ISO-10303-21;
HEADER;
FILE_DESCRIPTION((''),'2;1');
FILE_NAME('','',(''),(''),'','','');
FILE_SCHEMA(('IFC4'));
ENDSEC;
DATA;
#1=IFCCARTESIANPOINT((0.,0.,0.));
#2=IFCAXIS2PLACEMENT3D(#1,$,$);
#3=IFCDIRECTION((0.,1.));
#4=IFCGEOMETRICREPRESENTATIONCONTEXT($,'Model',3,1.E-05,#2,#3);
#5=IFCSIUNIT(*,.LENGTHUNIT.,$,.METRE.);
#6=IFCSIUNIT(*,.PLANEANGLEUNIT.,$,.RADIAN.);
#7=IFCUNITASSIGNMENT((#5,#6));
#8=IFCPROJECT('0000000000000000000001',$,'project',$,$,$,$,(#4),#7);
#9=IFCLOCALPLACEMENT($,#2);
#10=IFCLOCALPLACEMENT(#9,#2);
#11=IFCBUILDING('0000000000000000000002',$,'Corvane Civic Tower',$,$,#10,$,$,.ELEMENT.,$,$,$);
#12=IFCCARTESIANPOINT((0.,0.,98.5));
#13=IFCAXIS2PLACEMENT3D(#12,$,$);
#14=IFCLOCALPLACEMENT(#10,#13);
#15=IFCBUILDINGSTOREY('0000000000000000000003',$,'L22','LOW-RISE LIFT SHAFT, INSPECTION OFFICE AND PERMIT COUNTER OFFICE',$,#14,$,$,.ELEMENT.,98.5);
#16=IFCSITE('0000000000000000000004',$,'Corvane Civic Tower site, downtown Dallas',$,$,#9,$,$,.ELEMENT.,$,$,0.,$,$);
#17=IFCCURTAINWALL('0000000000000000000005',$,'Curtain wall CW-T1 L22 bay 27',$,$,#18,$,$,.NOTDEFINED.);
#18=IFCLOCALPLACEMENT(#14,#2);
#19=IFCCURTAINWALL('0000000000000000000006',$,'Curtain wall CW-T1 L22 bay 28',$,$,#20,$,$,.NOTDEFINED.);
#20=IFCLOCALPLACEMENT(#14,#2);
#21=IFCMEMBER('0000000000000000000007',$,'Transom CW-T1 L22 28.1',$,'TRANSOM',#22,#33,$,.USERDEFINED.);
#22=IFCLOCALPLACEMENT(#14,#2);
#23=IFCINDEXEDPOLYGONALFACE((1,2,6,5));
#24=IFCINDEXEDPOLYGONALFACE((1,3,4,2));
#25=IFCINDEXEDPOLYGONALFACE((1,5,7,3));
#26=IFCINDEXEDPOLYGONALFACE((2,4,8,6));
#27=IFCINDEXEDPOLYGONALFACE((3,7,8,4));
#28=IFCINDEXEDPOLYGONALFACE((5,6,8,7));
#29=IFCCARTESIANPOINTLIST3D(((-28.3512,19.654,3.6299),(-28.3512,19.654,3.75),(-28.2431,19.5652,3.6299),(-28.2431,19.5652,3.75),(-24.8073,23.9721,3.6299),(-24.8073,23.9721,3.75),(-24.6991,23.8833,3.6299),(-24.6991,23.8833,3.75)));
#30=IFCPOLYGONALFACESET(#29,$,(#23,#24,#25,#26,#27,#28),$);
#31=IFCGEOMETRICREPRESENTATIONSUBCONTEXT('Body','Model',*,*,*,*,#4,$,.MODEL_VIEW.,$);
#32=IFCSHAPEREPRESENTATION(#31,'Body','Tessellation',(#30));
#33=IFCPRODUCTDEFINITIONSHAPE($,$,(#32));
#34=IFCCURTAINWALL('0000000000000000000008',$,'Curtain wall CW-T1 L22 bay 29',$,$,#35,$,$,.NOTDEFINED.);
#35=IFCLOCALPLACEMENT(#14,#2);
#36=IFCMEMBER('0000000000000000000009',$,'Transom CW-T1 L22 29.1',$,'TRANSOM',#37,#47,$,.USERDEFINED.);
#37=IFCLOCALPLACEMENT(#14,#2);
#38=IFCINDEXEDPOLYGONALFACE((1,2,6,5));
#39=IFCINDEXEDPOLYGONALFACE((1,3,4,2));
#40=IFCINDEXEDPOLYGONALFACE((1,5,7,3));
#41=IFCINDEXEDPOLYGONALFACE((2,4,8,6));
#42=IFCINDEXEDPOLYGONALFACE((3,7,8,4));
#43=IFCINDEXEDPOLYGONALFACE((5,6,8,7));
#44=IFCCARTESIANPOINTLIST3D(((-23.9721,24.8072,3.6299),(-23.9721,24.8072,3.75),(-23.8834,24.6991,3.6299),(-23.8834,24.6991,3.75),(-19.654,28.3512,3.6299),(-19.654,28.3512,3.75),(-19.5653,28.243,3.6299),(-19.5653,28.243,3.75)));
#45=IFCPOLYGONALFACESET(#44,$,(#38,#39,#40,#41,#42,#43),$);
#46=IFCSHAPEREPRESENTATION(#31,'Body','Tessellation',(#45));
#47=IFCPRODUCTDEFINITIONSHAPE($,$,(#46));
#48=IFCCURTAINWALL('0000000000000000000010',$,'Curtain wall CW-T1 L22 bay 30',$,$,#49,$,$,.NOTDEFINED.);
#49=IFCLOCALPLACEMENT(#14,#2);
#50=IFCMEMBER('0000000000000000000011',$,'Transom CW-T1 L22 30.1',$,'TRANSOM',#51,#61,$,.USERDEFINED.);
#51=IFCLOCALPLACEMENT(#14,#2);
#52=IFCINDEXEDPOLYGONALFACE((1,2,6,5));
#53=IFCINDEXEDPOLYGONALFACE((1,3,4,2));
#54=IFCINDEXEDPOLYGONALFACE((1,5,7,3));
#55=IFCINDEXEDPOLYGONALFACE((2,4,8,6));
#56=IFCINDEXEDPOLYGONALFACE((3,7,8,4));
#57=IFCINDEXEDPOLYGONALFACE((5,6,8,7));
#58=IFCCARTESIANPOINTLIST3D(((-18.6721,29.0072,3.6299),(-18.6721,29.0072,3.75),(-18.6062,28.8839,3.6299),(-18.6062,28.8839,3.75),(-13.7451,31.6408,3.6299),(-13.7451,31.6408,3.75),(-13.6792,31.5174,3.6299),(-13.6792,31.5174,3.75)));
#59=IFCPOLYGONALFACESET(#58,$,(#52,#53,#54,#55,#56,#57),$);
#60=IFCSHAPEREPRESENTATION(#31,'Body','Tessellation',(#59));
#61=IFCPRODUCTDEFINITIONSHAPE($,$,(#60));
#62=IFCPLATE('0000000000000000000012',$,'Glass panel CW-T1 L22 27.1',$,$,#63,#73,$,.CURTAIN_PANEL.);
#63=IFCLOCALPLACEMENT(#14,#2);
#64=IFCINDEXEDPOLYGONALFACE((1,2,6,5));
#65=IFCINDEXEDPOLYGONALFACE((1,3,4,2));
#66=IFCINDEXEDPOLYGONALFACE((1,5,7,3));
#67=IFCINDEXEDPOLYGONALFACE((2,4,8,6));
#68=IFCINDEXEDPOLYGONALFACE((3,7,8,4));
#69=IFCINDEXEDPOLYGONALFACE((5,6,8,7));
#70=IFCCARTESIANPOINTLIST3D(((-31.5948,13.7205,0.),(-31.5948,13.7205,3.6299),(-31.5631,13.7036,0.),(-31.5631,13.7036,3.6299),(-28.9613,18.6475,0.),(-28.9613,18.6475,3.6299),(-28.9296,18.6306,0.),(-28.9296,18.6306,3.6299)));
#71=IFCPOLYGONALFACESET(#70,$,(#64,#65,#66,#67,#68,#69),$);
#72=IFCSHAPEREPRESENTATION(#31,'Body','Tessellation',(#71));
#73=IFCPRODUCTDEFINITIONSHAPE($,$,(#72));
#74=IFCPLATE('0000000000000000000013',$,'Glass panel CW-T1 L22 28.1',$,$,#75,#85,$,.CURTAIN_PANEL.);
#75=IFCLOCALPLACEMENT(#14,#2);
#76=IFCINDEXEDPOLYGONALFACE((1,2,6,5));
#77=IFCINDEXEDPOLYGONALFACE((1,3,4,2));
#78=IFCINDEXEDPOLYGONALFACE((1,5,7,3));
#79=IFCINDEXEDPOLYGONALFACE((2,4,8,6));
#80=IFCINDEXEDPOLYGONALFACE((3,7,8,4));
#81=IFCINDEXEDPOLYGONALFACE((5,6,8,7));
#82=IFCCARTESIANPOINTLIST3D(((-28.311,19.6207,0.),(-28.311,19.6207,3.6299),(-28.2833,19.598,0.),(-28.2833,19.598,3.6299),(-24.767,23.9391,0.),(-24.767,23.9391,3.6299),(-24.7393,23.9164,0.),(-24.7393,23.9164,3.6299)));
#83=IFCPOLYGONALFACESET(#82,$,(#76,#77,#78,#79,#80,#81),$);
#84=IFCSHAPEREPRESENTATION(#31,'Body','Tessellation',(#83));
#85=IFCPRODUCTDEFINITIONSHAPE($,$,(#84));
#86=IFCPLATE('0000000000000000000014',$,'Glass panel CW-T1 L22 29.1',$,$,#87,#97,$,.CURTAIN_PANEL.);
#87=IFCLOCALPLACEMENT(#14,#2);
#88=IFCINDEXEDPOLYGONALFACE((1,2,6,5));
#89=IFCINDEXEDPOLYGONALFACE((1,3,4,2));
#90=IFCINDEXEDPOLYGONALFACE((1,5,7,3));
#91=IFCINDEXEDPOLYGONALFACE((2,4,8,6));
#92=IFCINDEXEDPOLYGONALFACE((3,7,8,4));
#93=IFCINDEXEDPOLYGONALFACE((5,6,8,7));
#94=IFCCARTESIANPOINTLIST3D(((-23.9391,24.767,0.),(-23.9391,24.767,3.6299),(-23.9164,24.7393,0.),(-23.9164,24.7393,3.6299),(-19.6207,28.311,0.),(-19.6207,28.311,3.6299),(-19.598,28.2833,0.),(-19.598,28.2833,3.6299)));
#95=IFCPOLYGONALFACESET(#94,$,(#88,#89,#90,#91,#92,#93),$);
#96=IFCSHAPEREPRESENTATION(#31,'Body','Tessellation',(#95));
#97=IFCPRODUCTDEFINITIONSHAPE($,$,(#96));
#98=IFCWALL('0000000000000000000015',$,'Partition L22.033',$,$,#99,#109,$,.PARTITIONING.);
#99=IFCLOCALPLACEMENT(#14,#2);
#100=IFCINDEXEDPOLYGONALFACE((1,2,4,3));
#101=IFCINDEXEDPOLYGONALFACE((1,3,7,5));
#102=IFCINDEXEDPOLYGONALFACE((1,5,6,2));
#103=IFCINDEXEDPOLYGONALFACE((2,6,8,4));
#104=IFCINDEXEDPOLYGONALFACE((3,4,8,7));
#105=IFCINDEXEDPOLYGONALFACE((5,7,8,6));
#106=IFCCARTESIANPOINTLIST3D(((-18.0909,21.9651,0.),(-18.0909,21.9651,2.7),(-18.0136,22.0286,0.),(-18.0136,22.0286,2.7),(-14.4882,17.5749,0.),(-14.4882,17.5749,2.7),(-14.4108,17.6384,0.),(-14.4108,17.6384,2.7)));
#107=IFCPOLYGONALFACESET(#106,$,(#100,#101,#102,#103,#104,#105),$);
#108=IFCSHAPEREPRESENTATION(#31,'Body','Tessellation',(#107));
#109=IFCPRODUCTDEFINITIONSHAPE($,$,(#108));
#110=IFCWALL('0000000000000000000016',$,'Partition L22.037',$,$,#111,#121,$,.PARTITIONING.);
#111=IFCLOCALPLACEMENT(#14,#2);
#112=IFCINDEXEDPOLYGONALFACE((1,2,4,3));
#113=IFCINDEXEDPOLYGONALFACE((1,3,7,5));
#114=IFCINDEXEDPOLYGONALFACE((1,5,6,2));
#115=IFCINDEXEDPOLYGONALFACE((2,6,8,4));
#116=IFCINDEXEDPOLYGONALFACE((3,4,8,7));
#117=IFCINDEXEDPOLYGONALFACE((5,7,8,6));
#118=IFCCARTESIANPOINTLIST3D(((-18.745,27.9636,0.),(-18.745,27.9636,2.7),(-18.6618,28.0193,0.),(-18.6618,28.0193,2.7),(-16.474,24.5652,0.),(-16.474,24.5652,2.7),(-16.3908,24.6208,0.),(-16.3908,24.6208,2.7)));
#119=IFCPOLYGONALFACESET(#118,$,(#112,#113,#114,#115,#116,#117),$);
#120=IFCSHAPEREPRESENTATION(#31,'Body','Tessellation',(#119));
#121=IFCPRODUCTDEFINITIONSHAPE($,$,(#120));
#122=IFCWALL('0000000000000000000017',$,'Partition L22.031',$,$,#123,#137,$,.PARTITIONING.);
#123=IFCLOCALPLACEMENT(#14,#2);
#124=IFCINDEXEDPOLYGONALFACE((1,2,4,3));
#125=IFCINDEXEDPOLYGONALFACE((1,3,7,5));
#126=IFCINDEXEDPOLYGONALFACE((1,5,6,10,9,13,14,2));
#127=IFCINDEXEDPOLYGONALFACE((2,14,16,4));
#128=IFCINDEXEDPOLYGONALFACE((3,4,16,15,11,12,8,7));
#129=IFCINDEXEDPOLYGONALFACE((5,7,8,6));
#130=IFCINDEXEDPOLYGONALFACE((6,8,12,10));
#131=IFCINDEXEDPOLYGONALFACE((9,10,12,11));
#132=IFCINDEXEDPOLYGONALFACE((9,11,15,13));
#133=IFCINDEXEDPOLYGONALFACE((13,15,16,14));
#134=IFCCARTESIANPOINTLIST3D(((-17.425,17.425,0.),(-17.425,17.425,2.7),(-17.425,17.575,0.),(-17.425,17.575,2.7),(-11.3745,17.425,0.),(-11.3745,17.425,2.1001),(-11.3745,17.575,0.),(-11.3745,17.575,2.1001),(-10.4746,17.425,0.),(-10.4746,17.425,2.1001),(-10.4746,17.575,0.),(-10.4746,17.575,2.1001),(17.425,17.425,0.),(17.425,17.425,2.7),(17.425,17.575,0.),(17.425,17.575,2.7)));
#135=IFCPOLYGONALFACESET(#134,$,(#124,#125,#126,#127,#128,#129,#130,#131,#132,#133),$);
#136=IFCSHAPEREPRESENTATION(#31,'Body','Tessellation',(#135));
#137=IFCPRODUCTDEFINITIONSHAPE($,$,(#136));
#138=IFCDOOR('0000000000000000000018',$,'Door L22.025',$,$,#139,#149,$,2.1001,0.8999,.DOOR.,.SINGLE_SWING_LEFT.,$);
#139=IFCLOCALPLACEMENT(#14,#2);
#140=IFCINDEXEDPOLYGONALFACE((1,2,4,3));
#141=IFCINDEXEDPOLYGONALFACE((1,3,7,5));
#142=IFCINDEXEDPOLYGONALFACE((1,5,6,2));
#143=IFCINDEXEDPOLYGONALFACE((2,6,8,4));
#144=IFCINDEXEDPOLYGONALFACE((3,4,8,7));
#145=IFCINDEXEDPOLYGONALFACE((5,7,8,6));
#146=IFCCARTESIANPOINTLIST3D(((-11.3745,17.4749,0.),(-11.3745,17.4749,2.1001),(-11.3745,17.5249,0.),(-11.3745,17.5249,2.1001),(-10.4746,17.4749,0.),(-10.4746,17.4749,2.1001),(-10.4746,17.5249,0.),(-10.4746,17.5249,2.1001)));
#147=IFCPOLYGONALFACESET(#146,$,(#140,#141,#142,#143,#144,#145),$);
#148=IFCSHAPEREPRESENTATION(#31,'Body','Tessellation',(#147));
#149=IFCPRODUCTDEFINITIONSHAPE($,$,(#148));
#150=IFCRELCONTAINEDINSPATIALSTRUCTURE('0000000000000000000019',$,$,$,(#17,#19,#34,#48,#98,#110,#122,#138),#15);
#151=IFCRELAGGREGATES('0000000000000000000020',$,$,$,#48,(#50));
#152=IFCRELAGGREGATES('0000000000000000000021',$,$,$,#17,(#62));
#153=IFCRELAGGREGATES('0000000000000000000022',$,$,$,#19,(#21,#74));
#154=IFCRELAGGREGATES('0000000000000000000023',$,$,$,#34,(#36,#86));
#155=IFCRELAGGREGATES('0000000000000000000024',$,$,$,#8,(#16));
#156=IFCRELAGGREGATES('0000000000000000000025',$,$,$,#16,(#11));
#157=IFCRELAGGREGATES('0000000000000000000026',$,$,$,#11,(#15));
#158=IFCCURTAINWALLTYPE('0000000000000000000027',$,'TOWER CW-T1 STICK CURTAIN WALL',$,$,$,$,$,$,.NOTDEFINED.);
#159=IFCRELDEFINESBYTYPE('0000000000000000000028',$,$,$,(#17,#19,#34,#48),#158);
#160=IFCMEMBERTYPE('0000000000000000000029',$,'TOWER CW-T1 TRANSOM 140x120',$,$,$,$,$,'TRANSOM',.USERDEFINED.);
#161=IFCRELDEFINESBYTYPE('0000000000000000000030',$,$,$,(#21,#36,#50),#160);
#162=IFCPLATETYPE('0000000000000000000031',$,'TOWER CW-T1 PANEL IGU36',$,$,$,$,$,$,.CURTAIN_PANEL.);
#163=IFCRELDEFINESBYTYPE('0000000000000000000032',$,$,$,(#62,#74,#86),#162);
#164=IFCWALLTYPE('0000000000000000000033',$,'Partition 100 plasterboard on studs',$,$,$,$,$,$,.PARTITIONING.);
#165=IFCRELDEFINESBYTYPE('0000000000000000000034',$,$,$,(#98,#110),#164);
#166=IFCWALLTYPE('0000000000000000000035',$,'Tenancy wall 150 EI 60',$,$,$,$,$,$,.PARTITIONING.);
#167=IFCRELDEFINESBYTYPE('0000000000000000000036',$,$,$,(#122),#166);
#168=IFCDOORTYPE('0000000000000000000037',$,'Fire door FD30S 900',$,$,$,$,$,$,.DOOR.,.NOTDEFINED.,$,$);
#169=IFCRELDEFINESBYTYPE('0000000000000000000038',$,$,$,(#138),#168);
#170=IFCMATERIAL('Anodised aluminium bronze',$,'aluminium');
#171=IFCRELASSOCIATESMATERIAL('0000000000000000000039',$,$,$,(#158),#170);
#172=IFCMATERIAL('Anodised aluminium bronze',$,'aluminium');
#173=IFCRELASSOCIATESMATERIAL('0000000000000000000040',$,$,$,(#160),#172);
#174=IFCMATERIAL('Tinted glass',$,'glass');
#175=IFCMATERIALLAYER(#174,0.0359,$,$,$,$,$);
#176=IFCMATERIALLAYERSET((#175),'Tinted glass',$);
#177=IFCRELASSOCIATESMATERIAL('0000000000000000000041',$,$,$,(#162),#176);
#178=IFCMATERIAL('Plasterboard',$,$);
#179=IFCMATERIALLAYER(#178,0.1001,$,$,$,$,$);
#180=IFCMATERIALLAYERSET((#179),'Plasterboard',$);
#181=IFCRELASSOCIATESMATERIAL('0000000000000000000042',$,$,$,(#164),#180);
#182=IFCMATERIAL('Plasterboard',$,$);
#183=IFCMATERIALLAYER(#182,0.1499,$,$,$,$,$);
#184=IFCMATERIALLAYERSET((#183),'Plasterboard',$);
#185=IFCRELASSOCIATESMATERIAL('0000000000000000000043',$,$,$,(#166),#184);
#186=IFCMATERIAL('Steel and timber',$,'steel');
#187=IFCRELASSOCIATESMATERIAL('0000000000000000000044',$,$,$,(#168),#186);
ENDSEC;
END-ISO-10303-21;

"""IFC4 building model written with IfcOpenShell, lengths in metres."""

from ifc_helpers import new_model, si_unit, direction, frame, frame_2d, origin, origin_2d, place, context, subcontext, project, spatial, rectangle, extrude, material, layer, layer_set, material_profile, profile_set, type_object, element, fill, aggregate, save


model = new_model("IFC4")

# Units and contexts
model_context = context("Model", 3, precision=1e-05, world=origin(), true_north=direction((0.0, 1.0)))
body_context = subcontext(model_context, "Body", "Model", "MODEL_VIEW")
ifc_project = project(units=[si_unit("LENGTHUNIT", "METRE"), si_unit("PLANEANGLEUNIT", "RADIAN")], contexts=[model_context])

# Site, building, storey
site_placement = place(None, origin())
site = spatial("IfcSite", under=ifc_project, at=site_placement, Name="Corvane Civic Tower site, downtown Dallas", CompositionType="ELEMENT", RefElevation=0.0)
building_placement = place(site_placement, origin())
building = spatial("IfcBuilding", under=site, at=building_placement, Name="Corvane Civic Tower", CompositionType="ELEMENT")
storey_placement = place(building_placement, frame((0.0, 0.0, 98.5)))
storey = spatial("IfcBuildingStorey", under=building, at=storey_placement, Name="L22", Description="LOW-RISE LIFT SHAFT, INSPECTION OFFICE AND PERMIT COUNTER OFFICE", CompositionType="ELEMENT", Elevation=98.5)

# Curtain walls, members
ifc_material_1 = material(Name="Anodised aluminium bronze", Category="aluminium")
curtain_wall_type = type_object("IfcCurtainWallType", Name="TOWER CW-T1 STICK CURTAIN WALL", PredefinedType="NOTDEFINED", material=ifc_material_1)
curtain_wall_1_placement = place(storey_placement, origin())
curtain_wall_1 = element("IfcCurtainWall", 1, at=curtain_wall_1_placement, inside=storey, type_object=curtain_wall_type, Name="Curtain wall CW-T1 L22 bay 27", PredefinedType="NOTDEFINED")
ifc_material_2 = material(Name="Anodised aluminium bronze", Category="aluminium")
ifc_material_profile_1 = material_profile(ifc_material_2, rectangle(XDim=0.1399, YDim=0.1201, at=origin_2d()), Name="TOWER CW-T1 TRANSOM 140x120")
ifc_profile_set_1 = profile_set([ifc_material_profile_1], Name="Anodised aluminium bronze")
member_type = type_object("IfcMemberType", Name="TOWER CW-T1 TRANSOM 140x120", ElementType="TRANSOM", PredefinedType="USERDEFINED", material=ifc_profile_set_1)
curtain_wall_2_placement = place(storey_placement, origin())
curtain_wall_2 = element("IfcCurtainWall", 2, at=curtain_wall_2_placement, inside=storey, type_object=curtain_wall_type, Name="Curtain wall CW-T1 L22 bay 28", PredefinedType="NOTDEFINED")
member_1_placement = place(storey_placement, frame((-28.2971, 19.6096, 3.6899), z_axis=(0.63441, 0.772996, 0.0), x_axis=(-0.772996, 0.63441, 0.0)))
member_1 = element("IfcMember", 3, at=member_1_placement, type_object=member_type, Name="Transom CW-T1 L22 28.1", ObjectType="TRANSOM", PredefinedType="USERDEFINED", context=body_context, shape_type="SweptSolid", body=[
    extrude(rectangle(XDim=0.1399, YDim=0.1201, at=origin_2d()), origin(), (0.0, 0.0, 1.0), 5.5862),
])
curtain_wall_3_placement = place(storey_placement, origin())
curtain_wall_3 = element("IfcCurtainWall", 4, at=curtain_wall_3_placement, inside=storey, type_object=curtain_wall_type, Name="Curtain wall CW-T1 L22 bay 29", PredefinedType="NOTDEFINED")
member_2_placement = place(storey_placement, frame((-23.9277, 24.7532, 3.6899), z_axis=(0.772996, 0.63441, 0.0), x_axis=(-0.63441, 0.772996, 0.0)))
member_2 = element("IfcMember", 5, at=member_2_placement, type_object=member_type, Name="Transom CW-T1 L22 29.1", ObjectType="TRANSOM", PredefinedType="USERDEFINED", context=body_context, shape_type="SweptSolid", body=[
    extrude(rectangle(XDim=0.1399, YDim=0.1201, at=origin_2d()), origin(), (0.0, 0.0, 1.0), 5.5862),
])
curtain_wall_4_placement = place(storey_placement, origin())
curtain_wall_4 = element("IfcCurtainWall", 6, at=curtain_wall_4_placement, inside=storey, type_object=curtain_wall_type, Name="Curtain wall CW-T1 L22 bay 30", PredefinedType="NOTDEFINED")
member_3_placement = place(storey_placement, frame((-18.6392, 28.9456, 3.6899), z_axis=(0.881921, 0.471398, 0.0), x_axis=(-0.471398, 0.881921, 0.0)))
member_3 = element("IfcMember", 7, at=member_3_placement, type_object=member_type, Name="Transom CW-T1 L22 30.1", ObjectType="TRANSOM", PredefinedType="USERDEFINED", context=body_context, shape_type="SweptSolid", body=[
    extrude(rectangle(XDim=0.1399, YDim=0.1201, at=origin_2d()), origin(), (0.0, 0.0, 1.0), 5.5867),
])
aggregate(curtain_wall_4, [member_3])

# Plates
ifc_material_3 = material(Name="Tinted glass", Category="glass")
ifc_layer_1 = layer(ifc_material_3, 0.0359)
ifc_layer_set_1 = layer_set([ifc_layer_1], Name="Tinted glass")
plate_type = type_object("IfcPlateType", Name="TOWER CW-T1 PANEL IGU36", PredefinedType="CURTAIN_PANEL", material=ifc_layer_set_1)
plate_1_placement = place(storey_placement, frame((-30.2622, 16.1755, 0.0), z_axis=(0.0, 0.0, 1.0), x_axis=(0.471392, 0.881924, 0.0)))
plate_1 = element("IfcPlate", 8, at=plate_1_placement, type_object=plate_type, Name="Glass panel CW-T1 L22 27.1", PredefinedType="CURTAIN_PANEL", context=body_context, shape_type="SweptSolid", body=[
    extrude(rectangle(XDim=5.5867, YDim=0.0359, at=origin_2d()), origin(), (0.0, 0.0, 1.0), 3.6299),
])
aggregate(curtain_wall_1, [plate_1])
plate_2_placement = place(storey_placement, frame((-26.5251, 21.7686, 0.0), z_axis=(0.0, 0.0, 1.0), x_axis=(0.63439, 0.773013, 0.0)))
plate_2 = element("IfcPlate", 9, at=plate_2_placement, type_object=plate_type, Name="Glass panel CW-T1 L22 28.1", PredefinedType="CURTAIN_PANEL", context=body_context, shape_type="SweptSolid", body=[
    extrude(rectangle(XDim=5.5864, YDim=0.0359, at=origin_2d()), origin(), (0.0, 0.0, 1.0), 3.6299),
])
aggregate(curtain_wall_2, [member_1, plate_2])
plate_3_placement = place(storey_placement, frame((-21.7686, 26.5251, 0.0), z_axis=(0.0, 0.0, 1.0), x_axis=(0.773013, 0.63439, 0.0)))
plate_3 = element("IfcPlate", 10, at=plate_3_placement, type_object=plate_type, Name="Glass panel CW-T1 L22 29.1", PredefinedType="CURTAIN_PANEL", context=body_context, shape_type="SweptSolid", body=[
    extrude(rectangle(XDim=5.5864, YDim=0.0359, at=origin_2d()), origin(), (0.0, 0.0, 1.0), 3.6299),
])
aggregate(curtain_wall_3, [member_2, plate_3])

# Walls
ifc_material_4 = material(Name="Plasterboard")
ifc_layer_2 = layer(ifc_material_4, 0.1001)
ifc_layer_set_2 = layer_set([ifc_layer_2], Name="Plasterboard")
wall_type_1 = type_object("IfcWallType", Name="Partition 100 plasterboard on studs", PredefinedType="PARTITIONING", material=ifc_layer_set_2)
wall_1_placement = place(storey_placement, frame((-18.0522, 21.9968, 0.0), z_axis=(0.0, 0.0, 1.0), x_axis=(0.634382, -0.77302, 0.0)))
element("IfcWall", 11, at=wall_1_placement, inside=storey, type_object=wall_type_1, Name="Partition L22.033", PredefinedType="PARTITIONING", context=body_context, shape_type="SweptSolid", body=[
    extrude(rectangle(XDim=5.6792, YDim=0.1001, at=frame_2d((2.8396, 0.0))), origin(), (0.0, 0.0, 1.0), 2.7),
])
wall_2_placement = place(storey_placement, frame((-18.7034, 27.9915, 0.0), z_axis=(0.0, 0.0, 1.0), x_axis=(0.55561, -0.831443, 0.0)))
element("IfcWall", 12, at=wall_2_placement, inside=storey, type_object=wall_type_1, Name="Partition L22.037", PredefinedType="PARTITIONING", context=body_context, shape_type="SweptSolid", body=[
    extrude(rectangle(XDim=4.0874, YDim=0.1001, at=frame_2d((2.0437, 0.0))), origin(), (0.0, 0.0, 1.0), 2.7),
])

# Wall, opening, door
ifc_material_5 = material(Name="Plasterboard")
ifc_layer_3 = layer(ifc_material_5, 0.1499)
ifc_layer_set_3 = layer_set([ifc_layer_3], Name="Plasterboard")
wall_type_2 = type_object("IfcWallType", Name="Tenancy wall 150 EI 60", PredefinedType="PARTITIONING", material=ifc_layer_set_3)
wall_3_placement = place(storey_placement, frame((-17.425, 17.5, 0.0), z_axis=(0.0, 0.0, 1.0), x_axis=(1.0, 0.0, 0.0)))
wall_3 = element("IfcWall", 13, at=wall_3_placement, inside=storey, type_object=wall_type_2, Name="Partition L22.031", PredefinedType="PARTITIONING", context=body_context, shape_type="SweptSolid", body=[
    extrude(rectangle(XDim=34.8501, YDim=0.1499, at=frame_2d((17.425, 0.0))), origin(), (0.0, 0.0, 1.0), 2.7),
])
opening_placement = place(wall_3_placement, frame((6.0505, 0.0, 0.0)))
opening = element("IfcOpeningElement", 14, at=opening_placement, cuts=wall_3, PredefinedType="OPENING", context=body_context, shape_type="SweptSolid", body=[
    extrude(rectangle(XDim=0.8999, YDim=2.1001, at=frame_2d((0.45, 1.05))), frame((0.0, 0.085, 0.0), z_axis=(0.0, -1.0, 0.0), x_axis=(1.0, 0.0, 0.0)), (0.0, 0.0, 1.0), 0.1699),
])
ifc_material_6 = material(Name="Steel and timber", Category="steel")
door_type = type_object("IfcDoorType", Name="Fire door FD30S 900", OperationType="NOTDEFINED", PredefinedType="DOOR", material=ifc_material_6)
door_placement = place(opening_placement, origin())
door = element("IfcDoor", 15, at=door_placement, inside=storey, type_object=door_type, Name="Door L22.025", OperationType="SINGLE_SWING_LEFT", OverallHeight=2.1001, OverallWidth=0.8999, PredefinedType="DOOR", context=body_context, shape_type="SweptSolid", body=[
    extrude(rectangle(XDim=0.8999, YDim=2.1001, at=frame_2d((0.45, 1.05))), frame((0.0, 0.0249, 0.0), z_axis=(0.0, -1.0, 0.0), x_axis=(1.0, 0.0, 0.0)), (0.0, 0.0, 1.0), 0.05),
])
fill(opening, door)

save(model, "model.ifc")
